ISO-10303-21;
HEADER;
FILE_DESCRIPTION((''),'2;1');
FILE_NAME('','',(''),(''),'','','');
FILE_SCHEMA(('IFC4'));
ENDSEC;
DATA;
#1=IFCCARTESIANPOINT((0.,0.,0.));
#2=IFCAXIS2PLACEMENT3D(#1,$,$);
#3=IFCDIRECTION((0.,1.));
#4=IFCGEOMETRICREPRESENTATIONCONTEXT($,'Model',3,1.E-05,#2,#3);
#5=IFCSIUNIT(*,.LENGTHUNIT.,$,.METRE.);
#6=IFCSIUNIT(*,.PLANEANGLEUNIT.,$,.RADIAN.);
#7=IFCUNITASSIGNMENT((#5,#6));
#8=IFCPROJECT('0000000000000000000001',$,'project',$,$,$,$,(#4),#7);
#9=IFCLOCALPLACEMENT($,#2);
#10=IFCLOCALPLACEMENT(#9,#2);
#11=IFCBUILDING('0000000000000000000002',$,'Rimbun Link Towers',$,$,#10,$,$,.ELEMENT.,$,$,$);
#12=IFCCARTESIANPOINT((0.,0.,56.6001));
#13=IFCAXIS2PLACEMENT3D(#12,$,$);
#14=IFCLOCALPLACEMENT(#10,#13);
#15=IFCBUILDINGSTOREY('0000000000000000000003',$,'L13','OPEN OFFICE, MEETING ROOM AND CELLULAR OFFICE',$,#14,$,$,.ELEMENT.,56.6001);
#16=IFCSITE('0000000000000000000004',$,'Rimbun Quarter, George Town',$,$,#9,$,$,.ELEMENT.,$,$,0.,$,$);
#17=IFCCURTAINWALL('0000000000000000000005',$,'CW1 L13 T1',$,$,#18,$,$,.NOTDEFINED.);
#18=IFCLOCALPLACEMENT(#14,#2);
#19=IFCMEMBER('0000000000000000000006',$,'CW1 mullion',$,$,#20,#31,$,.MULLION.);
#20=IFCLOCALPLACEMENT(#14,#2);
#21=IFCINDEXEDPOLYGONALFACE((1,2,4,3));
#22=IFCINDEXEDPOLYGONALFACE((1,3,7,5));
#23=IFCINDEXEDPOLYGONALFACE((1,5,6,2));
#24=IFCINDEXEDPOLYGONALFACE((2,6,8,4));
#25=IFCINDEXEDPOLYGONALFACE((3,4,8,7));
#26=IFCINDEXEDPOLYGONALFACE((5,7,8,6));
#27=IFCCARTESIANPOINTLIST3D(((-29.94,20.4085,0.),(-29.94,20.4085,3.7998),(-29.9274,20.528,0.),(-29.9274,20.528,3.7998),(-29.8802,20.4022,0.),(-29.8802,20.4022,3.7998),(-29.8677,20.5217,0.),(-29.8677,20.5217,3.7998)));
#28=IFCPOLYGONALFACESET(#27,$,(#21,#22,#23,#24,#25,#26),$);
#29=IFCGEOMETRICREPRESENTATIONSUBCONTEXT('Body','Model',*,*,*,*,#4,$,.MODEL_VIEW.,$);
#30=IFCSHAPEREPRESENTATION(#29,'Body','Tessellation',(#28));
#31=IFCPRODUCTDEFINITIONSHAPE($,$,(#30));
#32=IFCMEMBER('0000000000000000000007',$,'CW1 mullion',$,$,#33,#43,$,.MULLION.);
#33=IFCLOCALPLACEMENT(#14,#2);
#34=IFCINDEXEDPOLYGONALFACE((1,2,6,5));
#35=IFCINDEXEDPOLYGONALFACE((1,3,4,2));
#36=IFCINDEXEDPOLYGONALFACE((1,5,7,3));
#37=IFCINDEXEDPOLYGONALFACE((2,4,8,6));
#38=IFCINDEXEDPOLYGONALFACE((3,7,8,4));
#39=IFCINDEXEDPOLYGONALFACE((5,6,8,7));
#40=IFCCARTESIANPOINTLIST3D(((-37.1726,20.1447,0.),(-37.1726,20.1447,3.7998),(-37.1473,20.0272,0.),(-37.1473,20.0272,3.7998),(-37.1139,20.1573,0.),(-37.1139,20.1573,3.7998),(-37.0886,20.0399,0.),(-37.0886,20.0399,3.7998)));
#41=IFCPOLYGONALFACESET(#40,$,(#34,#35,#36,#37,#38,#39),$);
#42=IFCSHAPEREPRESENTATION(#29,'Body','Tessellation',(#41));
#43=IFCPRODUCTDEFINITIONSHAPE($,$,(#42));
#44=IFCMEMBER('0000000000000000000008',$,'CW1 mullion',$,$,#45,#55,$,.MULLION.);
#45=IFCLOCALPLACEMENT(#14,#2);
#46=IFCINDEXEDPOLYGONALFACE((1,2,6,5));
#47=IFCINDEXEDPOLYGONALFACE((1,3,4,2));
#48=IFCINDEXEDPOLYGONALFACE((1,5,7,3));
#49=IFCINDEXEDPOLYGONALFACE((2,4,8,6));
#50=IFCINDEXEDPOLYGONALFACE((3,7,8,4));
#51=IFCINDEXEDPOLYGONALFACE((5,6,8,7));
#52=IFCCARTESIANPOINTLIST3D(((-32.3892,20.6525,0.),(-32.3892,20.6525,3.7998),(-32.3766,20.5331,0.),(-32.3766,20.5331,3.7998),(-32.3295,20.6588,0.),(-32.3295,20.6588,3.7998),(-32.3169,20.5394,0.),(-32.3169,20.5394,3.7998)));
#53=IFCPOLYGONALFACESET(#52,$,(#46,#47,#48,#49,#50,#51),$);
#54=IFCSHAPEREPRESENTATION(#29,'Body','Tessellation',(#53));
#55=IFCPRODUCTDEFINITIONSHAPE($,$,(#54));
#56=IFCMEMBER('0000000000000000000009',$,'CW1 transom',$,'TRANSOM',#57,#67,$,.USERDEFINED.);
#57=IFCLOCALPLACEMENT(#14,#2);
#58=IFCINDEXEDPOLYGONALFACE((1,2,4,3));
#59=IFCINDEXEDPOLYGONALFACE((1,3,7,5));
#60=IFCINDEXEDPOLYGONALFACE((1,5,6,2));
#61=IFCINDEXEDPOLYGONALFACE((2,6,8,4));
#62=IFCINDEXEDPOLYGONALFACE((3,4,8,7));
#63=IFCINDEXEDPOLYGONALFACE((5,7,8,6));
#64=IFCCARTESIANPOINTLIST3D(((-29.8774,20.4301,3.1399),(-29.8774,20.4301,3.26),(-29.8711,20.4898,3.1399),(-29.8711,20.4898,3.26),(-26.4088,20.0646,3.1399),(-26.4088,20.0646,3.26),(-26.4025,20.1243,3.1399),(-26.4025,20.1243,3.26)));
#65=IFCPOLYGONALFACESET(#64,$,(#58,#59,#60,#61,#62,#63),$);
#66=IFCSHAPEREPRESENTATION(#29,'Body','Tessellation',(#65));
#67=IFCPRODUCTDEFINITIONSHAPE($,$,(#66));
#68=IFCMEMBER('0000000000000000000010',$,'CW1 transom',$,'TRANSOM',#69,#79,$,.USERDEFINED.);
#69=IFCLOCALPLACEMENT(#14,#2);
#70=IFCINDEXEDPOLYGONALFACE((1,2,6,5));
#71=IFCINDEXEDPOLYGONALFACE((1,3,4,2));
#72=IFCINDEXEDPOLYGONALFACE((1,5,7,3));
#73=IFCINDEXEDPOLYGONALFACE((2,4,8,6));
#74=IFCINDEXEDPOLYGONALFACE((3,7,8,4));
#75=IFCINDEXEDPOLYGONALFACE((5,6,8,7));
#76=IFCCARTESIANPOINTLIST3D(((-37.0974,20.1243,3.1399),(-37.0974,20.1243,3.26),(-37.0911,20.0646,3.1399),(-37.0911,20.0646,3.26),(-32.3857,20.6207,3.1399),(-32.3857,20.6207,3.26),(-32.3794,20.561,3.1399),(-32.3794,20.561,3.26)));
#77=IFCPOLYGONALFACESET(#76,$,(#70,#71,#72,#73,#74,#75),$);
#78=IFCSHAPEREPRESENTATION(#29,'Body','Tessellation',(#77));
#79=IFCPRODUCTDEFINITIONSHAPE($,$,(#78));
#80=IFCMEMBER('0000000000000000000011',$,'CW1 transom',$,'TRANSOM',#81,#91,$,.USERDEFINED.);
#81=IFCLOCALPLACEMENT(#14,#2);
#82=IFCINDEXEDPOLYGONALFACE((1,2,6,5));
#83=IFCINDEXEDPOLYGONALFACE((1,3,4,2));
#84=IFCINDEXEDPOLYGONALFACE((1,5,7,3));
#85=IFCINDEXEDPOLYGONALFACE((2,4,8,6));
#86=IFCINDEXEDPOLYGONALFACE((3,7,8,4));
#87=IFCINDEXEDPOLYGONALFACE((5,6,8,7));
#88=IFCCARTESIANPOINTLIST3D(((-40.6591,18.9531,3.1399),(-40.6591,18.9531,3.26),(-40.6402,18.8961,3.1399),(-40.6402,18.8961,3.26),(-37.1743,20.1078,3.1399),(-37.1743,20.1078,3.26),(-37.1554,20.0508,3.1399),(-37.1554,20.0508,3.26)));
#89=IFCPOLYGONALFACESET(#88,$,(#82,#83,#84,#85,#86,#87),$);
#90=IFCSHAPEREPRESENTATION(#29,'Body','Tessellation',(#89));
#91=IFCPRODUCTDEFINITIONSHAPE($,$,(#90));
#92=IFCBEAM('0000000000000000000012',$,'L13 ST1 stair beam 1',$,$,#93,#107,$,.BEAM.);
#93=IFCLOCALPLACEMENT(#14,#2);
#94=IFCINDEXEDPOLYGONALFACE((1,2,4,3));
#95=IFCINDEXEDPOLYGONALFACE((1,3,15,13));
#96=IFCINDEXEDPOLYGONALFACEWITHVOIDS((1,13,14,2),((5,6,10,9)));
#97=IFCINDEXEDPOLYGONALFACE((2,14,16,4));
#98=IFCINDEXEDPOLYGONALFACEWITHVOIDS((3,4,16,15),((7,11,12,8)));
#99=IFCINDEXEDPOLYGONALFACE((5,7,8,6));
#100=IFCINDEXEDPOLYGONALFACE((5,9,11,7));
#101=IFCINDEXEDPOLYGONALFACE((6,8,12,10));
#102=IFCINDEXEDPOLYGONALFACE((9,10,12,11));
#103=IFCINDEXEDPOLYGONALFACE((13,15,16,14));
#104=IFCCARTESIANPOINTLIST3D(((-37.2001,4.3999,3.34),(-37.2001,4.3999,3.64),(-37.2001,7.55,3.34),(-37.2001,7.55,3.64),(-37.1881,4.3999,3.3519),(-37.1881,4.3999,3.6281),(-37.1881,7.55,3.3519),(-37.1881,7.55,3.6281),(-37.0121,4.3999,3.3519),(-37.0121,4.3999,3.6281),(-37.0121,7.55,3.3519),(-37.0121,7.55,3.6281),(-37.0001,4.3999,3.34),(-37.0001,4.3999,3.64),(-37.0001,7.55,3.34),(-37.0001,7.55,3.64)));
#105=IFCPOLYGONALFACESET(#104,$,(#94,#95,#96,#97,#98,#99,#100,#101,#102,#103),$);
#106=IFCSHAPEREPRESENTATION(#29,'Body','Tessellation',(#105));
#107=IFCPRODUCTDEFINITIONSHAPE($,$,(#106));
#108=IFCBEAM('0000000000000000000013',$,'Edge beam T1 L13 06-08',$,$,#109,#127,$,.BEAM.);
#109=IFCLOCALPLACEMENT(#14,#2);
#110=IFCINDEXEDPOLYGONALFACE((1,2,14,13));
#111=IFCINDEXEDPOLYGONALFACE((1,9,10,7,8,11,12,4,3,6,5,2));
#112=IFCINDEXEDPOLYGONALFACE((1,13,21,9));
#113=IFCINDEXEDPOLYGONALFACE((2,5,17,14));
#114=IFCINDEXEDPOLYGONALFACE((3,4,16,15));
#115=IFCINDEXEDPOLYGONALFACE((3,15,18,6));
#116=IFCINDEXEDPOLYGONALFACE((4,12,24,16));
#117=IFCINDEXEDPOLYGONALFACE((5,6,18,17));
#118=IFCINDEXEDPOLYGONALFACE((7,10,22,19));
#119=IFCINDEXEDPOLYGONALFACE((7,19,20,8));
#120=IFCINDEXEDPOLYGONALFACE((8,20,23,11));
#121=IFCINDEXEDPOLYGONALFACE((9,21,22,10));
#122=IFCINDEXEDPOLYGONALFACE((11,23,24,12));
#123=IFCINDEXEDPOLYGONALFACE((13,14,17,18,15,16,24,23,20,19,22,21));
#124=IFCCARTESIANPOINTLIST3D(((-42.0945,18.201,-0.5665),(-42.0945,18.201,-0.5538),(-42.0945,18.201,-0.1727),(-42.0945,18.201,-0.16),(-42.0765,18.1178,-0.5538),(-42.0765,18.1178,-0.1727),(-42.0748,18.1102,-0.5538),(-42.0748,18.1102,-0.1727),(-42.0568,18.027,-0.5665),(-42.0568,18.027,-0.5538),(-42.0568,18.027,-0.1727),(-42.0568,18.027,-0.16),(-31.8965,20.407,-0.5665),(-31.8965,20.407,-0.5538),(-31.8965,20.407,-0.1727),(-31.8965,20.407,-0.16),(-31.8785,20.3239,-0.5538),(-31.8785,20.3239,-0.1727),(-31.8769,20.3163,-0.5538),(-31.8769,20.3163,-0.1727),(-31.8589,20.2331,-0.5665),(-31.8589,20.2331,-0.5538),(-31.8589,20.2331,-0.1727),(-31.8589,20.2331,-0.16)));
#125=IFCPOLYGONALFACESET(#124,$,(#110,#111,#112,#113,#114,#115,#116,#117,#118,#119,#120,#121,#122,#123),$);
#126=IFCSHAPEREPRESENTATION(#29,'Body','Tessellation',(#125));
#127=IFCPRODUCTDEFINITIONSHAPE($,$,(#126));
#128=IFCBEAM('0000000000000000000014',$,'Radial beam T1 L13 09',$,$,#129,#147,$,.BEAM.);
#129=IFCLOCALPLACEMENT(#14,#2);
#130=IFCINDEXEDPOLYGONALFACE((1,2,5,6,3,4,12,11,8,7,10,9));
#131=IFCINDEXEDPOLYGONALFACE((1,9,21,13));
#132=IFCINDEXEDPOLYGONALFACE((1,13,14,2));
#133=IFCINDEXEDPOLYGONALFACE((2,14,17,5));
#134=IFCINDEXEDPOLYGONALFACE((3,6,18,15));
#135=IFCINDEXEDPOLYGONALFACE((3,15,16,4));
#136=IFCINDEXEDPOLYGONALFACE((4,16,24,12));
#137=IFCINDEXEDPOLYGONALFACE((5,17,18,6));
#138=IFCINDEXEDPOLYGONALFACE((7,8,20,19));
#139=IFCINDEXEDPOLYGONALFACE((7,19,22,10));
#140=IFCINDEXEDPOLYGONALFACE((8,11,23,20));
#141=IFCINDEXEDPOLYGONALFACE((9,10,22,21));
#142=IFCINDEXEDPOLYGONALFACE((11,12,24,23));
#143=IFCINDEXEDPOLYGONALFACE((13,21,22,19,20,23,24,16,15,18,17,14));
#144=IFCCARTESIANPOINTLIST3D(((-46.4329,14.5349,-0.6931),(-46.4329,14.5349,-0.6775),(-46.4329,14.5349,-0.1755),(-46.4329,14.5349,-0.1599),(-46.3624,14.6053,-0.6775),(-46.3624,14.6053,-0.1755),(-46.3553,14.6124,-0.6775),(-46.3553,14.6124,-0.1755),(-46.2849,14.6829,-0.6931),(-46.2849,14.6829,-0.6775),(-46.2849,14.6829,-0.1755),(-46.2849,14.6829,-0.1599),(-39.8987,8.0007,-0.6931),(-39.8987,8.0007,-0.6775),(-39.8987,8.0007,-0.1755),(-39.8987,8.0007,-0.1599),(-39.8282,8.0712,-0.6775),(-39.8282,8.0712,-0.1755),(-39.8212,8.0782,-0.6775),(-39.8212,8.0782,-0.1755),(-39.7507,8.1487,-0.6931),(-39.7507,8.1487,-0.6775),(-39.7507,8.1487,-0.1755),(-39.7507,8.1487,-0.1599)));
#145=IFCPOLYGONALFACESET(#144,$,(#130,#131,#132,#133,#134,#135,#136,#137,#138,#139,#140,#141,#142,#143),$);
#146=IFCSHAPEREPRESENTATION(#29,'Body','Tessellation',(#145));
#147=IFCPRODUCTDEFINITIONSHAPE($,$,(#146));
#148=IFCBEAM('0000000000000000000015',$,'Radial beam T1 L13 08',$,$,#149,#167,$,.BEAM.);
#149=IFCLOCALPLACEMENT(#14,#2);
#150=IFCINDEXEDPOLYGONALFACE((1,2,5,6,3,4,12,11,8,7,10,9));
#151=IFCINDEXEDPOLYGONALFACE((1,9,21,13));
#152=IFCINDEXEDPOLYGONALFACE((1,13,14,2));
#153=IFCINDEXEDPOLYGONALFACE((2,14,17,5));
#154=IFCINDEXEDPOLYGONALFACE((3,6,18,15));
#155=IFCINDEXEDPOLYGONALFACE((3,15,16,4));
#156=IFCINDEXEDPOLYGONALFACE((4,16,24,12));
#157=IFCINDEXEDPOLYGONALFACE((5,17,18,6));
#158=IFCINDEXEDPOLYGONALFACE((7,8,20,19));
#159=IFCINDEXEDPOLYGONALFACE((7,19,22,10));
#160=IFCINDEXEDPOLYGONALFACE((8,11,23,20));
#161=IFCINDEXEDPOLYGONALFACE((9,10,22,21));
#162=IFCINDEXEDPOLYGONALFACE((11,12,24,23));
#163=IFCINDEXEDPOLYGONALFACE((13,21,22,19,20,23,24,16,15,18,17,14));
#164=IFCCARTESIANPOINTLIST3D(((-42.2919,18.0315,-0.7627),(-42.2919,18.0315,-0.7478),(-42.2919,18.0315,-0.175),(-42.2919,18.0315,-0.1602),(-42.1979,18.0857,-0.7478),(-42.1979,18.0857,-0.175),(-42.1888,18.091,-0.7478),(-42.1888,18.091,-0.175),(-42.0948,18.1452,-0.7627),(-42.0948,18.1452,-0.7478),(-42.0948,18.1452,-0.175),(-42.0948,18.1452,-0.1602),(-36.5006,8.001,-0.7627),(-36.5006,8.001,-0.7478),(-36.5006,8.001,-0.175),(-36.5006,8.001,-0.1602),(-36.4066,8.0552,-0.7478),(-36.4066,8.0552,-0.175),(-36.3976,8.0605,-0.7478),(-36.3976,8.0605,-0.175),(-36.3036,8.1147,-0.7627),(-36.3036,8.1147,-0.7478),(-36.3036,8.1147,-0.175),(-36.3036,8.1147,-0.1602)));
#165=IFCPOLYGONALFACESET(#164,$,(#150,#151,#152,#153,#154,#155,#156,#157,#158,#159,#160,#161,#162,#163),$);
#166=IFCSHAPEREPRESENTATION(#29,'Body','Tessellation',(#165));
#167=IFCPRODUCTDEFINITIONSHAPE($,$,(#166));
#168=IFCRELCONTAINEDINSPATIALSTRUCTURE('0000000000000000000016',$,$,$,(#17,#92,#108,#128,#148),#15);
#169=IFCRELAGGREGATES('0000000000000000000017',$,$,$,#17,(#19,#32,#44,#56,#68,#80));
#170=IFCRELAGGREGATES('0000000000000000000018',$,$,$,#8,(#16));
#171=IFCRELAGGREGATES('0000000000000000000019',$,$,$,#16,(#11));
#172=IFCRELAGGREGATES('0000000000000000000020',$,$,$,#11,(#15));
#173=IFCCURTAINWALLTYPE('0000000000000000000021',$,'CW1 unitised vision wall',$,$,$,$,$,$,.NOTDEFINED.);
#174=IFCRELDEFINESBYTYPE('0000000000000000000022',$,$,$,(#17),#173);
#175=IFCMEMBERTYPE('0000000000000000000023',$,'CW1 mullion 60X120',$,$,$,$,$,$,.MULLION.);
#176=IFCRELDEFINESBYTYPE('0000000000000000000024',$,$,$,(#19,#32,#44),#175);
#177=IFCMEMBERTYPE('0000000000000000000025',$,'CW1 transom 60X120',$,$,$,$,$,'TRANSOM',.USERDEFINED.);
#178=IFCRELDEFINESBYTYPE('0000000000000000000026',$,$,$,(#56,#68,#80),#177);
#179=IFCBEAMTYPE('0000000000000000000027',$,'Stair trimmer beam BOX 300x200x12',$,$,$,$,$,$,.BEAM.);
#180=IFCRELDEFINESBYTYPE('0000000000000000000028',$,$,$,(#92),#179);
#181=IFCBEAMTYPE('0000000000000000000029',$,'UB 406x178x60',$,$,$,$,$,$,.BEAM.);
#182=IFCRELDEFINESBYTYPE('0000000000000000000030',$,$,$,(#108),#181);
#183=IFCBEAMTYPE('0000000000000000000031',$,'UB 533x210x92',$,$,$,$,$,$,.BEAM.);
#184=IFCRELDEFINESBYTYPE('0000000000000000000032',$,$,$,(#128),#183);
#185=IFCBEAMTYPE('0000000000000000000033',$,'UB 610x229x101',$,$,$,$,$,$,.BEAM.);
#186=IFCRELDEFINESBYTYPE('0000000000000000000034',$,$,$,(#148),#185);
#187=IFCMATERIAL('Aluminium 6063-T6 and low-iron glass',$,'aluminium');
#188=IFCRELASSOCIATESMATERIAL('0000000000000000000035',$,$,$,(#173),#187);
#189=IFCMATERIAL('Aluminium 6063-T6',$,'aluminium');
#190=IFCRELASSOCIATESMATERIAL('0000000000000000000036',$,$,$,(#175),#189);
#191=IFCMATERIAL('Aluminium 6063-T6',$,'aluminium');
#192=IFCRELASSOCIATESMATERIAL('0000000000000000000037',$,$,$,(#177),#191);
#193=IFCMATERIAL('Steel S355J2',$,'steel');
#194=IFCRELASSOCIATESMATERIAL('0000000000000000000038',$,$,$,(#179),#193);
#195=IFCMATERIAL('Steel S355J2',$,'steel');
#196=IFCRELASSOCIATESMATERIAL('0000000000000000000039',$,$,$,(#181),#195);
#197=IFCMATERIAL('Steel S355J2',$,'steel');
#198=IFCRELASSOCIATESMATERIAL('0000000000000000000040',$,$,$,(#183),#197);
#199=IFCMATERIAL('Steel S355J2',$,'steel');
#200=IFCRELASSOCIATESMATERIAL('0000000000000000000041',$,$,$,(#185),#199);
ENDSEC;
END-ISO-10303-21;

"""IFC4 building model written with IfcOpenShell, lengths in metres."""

from ifc_helpers import new_model, si_unit, direction, frame, origin, origin_2d, place, context, subcontext, project, spatial, rectangle, hollow_rectangle, i_section, extrude, material, material_profile, profile_set, type_object, element, aggregate, save


model = new_model("IFC4")

# Units and contexts
model_context = context("Model", 3, precision=1e-05, world=origin(), true_north=direction((0.0, 1.0)))
body_context = subcontext(model_context, "Body", "Model", "MODEL_VIEW")
ifc_project = project(units=[si_unit("LENGTHUNIT", "METRE"), si_unit("PLANEANGLEUNIT", "RADIAN")], contexts=[model_context])

# Site, building, storey
site_placement = place(None, origin())
site = spatial("IfcSite", under=ifc_project, at=site_placement, Name="Rimbun Quarter, George Town", CompositionType="ELEMENT", RefElevation=0.0)
building_placement = place(site_placement, origin())
building = spatial("IfcBuilding", under=site, at=building_placement, Name="Rimbun Link Towers", CompositionType="ELEMENT")
storey_placement = place(building_placement, frame((0.0, 0.0, 56.6001)))
storey = spatial("IfcBuildingStorey", under=building, at=storey_placement, Name="L13", Description="OPEN OFFICE, MEETING ROOM AND CELLULAR OFFICE", CompositionType="ELEMENT", Elevation=56.6001)

# Curtain wall, members
ifc_material_1 = material(Name="Aluminium 6063-T6 and low-iron glass", Category="aluminium")
curtain_wall_type = type_object("IfcCurtainWallType", Name="CW1 unitised vision wall", PredefinedType="NOTDEFINED", material=ifc_material_1)
curtain_wall_placement = place(storey_placement, origin())
curtain_wall = element("IfcCurtainWall", 1, at=curtain_wall_placement, inside=storey, type_object=curtain_wall_type, Name="CW1 L13 T1", PredefinedType="NOTDEFINED")
ifc_material_2 = material(Name="Aluminium 6063-T6", Category="aluminium")
ifc_material_profile_1 = material_profile(ifc_material_2, rectangle(XDim=0.1201, YDim=0.0601, at=origin_2d()), Name="MULLION 60X120")
ifc_profile_set_1 = profile_set([ifc_material_profile_1], Name="Aluminium 6063-T6")
member_type_1 = type_object("IfcMemberType", Name="CW1 mullion 60X120", PredefinedType="MULLION", material=ifc_profile_set_1)
member_1_placement = place(storey_placement, frame((-29.9038, 20.4651, 0.0), z_axis=(0.0, 0.0, 1.0), x_axis=(0.104748, 0.994499, 0.0)))
member_1 = element("IfcMember", 2, at=member_1_placement, type_object=member_type_1, Name="CW1 mullion", PredefinedType="MULLION", context=body_context, shape_type="SweptSolid", body=[
    extrude(rectangle(XDim=0.1201, YDim=0.0601, at=origin_2d()), origin(), (0.0, 0.0, 1.0), 3.7998),
])
member_2_placement = place(storey_placement, frame((-37.1306, 20.0923, 0.0), z_axis=(0.0, 0.0, 1.0), x_axis=(-0.210874, 0.977513, 0.0)))
member_2 = element("IfcMember", 3, at=member_2_placement, type_object=member_type_1, Name="CW1 mullion", PredefinedType="MULLION", context=body_context, shape_type="SweptSolid", body=[
    extrude(rectangle(XDim=0.1201, YDim=0.0601, at=origin_2d()), origin(), (0.0, 0.0, 1.0), 3.7998),
])
member_3_placement = place(storey_placement, frame((-32.353, 20.5959, 0.0), z_axis=(0.0, 0.0, 1.0), x_axis=(-0.104748, 0.994499, 0.0)))
member_3 = element("IfcMember", 4, at=member_3_placement, type_object=member_type_1, Name="CW1 mullion", PredefinedType="MULLION", context=body_context, shape_type="SweptSolid", body=[
    extrude(rectangle(XDim=0.1201, YDim=0.0601, at=origin_2d()), origin(), (0.0, 0.0, 1.0), 3.7998),
])
ifc_material_3 = material(Name="Aluminium 6063-T6", Category="aluminium")
ifc_material_profile_2 = material_profile(ifc_material_3, rectangle(XDim=0.0601, YDim=0.1201, at=origin_2d()), Name="TRANSOM 60X120")
ifc_profile_set_2 = profile_set([ifc_material_profile_2], Name="Aluminium 6063-T6")
member_type_2 = type_object("IfcMemberType", Name="CW1 transom 60X120", ElementType="TRANSOM", PredefinedType="USERDEFINED", material=ifc_profile_set_2)
member_4_placement = place(storey_placement, frame((-29.8743, 20.46, 3.2), z_axis=(0.994494, -0.10479, 0.0), x_axis=(0.10479, 0.994494, 0.0)))
member_4 = element("IfcMember", 5, at=member_4_placement, type_object=member_type_2, Name="CW1 transom", ObjectType="TRANSOM", PredefinedType="USERDEFINED", context=body_context, shape_type="SweptSolid", body=[
    extrude(rectangle(XDim=0.0601, YDim=0.1201, at=origin_2d()), origin(), (0.0, 0.0, 1.0), 3.4878),
])
member_5_placement = place(storey_placement, frame((-37.0942, 20.0945, 3.2), z_axis=(0.994497, 0.104763, 0.0), x_axis=(-0.104763, 0.994497, 0.0)))
member_5 = element("IfcMember", 6, at=member_5_placement, type_object=member_type_2, Name="CW1 transom", ObjectType="TRANSOM", PredefinedType="USERDEFINED", context=body_context, shape_type="SweptSolid", body=[
    extrude(rectangle(XDim=0.0601, YDim=0.1201, at=origin_2d()), origin(), (0.0, 0.0, 1.0), 4.7378),
])
member_6_placement = place(storey_placement, frame((-40.6497, 18.9246, 3.2), z_axis=(0.94924, 0.314551, 0.0), x_axis=(-0.314551, 0.94924, 0.0)))
member_6 = element("IfcMember", 7, at=member_6_placement, type_object=member_type_2, Name="CW1 transom", ObjectType="TRANSOM", PredefinedType="USERDEFINED", context=body_context, shape_type="SweptSolid", body=[
    extrude(rectangle(XDim=0.0601, YDim=0.1201, at=origin_2d()), origin(), (0.0, 0.0, 1.0), 3.6711),
])

# Beams
ifc_material_4 = material(Name="Steel S355J2", Category="steel")
ifc_material_profile_3 = material_profile(ifc_material_4, hollow_rectangle(XDim=0.2, YDim=0.3, WallThickness=0.012, at=origin_2d()), Name="BOX 300x200x12")
ifc_profile_set_3 = profile_set([ifc_material_profile_3], Name="Steel S355J2")
beam_type_1 = type_object("IfcBeamType", Name="Stair trimmer beam BOX 300x200x12", PredefinedType="BEAM", material=ifc_profile_set_3)
beam_1_placement = place(storey_placement, frame((-37.1001, 7.55, 3.49), z_axis=(0.0, -1.0, 0.0), x_axis=(1.0, 0.0, 0.0)))
element("IfcBeam", 8, at=beam_1_placement, inside=storey, type_object=beam_type_1, Name="L13 ST1 stair beam 1", PredefinedType="BEAM", context=body_context, shape_type="SweptSolid", body=[
    extrude(hollow_rectangle(XDim=0.2, YDim=0.3, WallThickness=0.012, at=origin_2d()), origin(), (0.0, 0.0, 1.0), 3.1501),
])
ifc_material_5 = material(Name="Steel S355J2", Category="steel")
ifc_material_profile_4 = material_profile(ifc_material_5, i_section(OverallWidth=0.178, OverallDepth=0.4065, WebThickness=0.0078, FlangeThickness=0.0127, at=origin_2d()), Name="UB 406x178x60")
ifc_profile_set_4 = profile_set([ifc_material_profile_4], Name="Steel S355J2")
beam_type_2 = type_object("IfcBeamType", Name="UB 406x178x60", PredefinedType="BEAM", material=ifc_profile_set_4)
beam_2_placement = place(storey_placement, frame((-31.8777, 20.3201, -0.3633), z_axis=(-0.977393, -0.211432, 0.0), x_axis=(0.211432, -0.977393, 0.0)))
element("IfcBeam", 9, at=beam_2_placement, inside=storey, type_object=beam_type_2, Name="Edge beam T1 L13 06-08", PredefinedType="BEAM", context=body_context, shape_type="SweptSolid", body=[
    extrude(i_section(OverallWidth=0.178, OverallDepth=0.4065, WebThickness=0.0078, FlangeThickness=0.0127, at=origin_2d()), origin(), (0.0, 0.0, 1.0), 10.4338),
])
ifc_material_6 = material(Name="Steel S355J2", Category="steel")
ifc_material_profile_5 = material_profile(ifc_material_6, i_section(OverallWidth=0.2092, OverallDepth=0.5332, WebThickness=0.01, FlangeThickness=0.0156, at=origin_2d()), Name="UB 533x210x92")
ifc_profile_set_5 = profile_set([ifc_material_profile_5], Name="Steel S355J2")
beam_type_3 = type_object("IfcBeamType", Name="UB 533x210x92", PredefinedType="BEAM", material=ifc_profile_set_5)
beam_3_placement = place(storey_placement, frame((-39.8247, 8.0747, -0.4265), z_axis=(-0.707107, 0.707107, 0.0), x_axis=(-0.707107, -0.707107, 0.0)))
element("IfcBeam", 10, at=beam_3_placement, inside=storey, type_object=beam_type_3, Name="Radial beam T1 L13 09", PredefinedType="BEAM", context=body_context, shape_type="SweptSolid", body=[
    extrude(i_section(OverallWidth=0.2092, OverallDepth=0.5332, WebThickness=0.01, FlangeThickness=0.0156, at=origin_2d()), origin(), (0.0, 0.0, 1.0), 9.2407),
])
ifc_material_7 = material(Name="Steel S355J2", Category="steel")
ifc_material_profile_6 = material_profile(ifc_material_7, i_section(OverallWidth=0.2275, OverallDepth=0.6025, WebThickness=0.0105, FlangeThickness=0.0149, at=origin_2d()), Name="UB 610x229x101")
ifc_profile_set_6 = profile_set([ifc_material_profile_6], Name="Steel S355J2")
beam_type_4 = type_object("IfcBeamType", Name="UB 610x229x101", PredefinedType="BEAM", material=ifc_profile_set_6)
beam_4_placement = place(storey_placement, frame((-36.4021, 8.0579, -0.4614), z_axis=(-0.500009, 0.86602, 0.0), x_axis=(-0.86602, -0.500009, 0.0)))
element("IfcBeam", 11, at=beam_4_placement, inside=storey, type_object=beam_type_4, Name="Radial beam T1 L13 08", PredefinedType="BEAM", context=body_context, shape_type="SweptSolid", body=[
    extrude(i_section(OverallWidth=0.2275, OverallDepth=0.6025, WebThickness=0.0105, FlangeThickness=0.0149, at=origin_2d()), origin(), (0.0, 0.0, 1.0), 11.5823),
])

aggregate(curtain_wall, [member_1, member_2, member_3, member_4, member_5, member_6])

save(model, "model.ifc")
